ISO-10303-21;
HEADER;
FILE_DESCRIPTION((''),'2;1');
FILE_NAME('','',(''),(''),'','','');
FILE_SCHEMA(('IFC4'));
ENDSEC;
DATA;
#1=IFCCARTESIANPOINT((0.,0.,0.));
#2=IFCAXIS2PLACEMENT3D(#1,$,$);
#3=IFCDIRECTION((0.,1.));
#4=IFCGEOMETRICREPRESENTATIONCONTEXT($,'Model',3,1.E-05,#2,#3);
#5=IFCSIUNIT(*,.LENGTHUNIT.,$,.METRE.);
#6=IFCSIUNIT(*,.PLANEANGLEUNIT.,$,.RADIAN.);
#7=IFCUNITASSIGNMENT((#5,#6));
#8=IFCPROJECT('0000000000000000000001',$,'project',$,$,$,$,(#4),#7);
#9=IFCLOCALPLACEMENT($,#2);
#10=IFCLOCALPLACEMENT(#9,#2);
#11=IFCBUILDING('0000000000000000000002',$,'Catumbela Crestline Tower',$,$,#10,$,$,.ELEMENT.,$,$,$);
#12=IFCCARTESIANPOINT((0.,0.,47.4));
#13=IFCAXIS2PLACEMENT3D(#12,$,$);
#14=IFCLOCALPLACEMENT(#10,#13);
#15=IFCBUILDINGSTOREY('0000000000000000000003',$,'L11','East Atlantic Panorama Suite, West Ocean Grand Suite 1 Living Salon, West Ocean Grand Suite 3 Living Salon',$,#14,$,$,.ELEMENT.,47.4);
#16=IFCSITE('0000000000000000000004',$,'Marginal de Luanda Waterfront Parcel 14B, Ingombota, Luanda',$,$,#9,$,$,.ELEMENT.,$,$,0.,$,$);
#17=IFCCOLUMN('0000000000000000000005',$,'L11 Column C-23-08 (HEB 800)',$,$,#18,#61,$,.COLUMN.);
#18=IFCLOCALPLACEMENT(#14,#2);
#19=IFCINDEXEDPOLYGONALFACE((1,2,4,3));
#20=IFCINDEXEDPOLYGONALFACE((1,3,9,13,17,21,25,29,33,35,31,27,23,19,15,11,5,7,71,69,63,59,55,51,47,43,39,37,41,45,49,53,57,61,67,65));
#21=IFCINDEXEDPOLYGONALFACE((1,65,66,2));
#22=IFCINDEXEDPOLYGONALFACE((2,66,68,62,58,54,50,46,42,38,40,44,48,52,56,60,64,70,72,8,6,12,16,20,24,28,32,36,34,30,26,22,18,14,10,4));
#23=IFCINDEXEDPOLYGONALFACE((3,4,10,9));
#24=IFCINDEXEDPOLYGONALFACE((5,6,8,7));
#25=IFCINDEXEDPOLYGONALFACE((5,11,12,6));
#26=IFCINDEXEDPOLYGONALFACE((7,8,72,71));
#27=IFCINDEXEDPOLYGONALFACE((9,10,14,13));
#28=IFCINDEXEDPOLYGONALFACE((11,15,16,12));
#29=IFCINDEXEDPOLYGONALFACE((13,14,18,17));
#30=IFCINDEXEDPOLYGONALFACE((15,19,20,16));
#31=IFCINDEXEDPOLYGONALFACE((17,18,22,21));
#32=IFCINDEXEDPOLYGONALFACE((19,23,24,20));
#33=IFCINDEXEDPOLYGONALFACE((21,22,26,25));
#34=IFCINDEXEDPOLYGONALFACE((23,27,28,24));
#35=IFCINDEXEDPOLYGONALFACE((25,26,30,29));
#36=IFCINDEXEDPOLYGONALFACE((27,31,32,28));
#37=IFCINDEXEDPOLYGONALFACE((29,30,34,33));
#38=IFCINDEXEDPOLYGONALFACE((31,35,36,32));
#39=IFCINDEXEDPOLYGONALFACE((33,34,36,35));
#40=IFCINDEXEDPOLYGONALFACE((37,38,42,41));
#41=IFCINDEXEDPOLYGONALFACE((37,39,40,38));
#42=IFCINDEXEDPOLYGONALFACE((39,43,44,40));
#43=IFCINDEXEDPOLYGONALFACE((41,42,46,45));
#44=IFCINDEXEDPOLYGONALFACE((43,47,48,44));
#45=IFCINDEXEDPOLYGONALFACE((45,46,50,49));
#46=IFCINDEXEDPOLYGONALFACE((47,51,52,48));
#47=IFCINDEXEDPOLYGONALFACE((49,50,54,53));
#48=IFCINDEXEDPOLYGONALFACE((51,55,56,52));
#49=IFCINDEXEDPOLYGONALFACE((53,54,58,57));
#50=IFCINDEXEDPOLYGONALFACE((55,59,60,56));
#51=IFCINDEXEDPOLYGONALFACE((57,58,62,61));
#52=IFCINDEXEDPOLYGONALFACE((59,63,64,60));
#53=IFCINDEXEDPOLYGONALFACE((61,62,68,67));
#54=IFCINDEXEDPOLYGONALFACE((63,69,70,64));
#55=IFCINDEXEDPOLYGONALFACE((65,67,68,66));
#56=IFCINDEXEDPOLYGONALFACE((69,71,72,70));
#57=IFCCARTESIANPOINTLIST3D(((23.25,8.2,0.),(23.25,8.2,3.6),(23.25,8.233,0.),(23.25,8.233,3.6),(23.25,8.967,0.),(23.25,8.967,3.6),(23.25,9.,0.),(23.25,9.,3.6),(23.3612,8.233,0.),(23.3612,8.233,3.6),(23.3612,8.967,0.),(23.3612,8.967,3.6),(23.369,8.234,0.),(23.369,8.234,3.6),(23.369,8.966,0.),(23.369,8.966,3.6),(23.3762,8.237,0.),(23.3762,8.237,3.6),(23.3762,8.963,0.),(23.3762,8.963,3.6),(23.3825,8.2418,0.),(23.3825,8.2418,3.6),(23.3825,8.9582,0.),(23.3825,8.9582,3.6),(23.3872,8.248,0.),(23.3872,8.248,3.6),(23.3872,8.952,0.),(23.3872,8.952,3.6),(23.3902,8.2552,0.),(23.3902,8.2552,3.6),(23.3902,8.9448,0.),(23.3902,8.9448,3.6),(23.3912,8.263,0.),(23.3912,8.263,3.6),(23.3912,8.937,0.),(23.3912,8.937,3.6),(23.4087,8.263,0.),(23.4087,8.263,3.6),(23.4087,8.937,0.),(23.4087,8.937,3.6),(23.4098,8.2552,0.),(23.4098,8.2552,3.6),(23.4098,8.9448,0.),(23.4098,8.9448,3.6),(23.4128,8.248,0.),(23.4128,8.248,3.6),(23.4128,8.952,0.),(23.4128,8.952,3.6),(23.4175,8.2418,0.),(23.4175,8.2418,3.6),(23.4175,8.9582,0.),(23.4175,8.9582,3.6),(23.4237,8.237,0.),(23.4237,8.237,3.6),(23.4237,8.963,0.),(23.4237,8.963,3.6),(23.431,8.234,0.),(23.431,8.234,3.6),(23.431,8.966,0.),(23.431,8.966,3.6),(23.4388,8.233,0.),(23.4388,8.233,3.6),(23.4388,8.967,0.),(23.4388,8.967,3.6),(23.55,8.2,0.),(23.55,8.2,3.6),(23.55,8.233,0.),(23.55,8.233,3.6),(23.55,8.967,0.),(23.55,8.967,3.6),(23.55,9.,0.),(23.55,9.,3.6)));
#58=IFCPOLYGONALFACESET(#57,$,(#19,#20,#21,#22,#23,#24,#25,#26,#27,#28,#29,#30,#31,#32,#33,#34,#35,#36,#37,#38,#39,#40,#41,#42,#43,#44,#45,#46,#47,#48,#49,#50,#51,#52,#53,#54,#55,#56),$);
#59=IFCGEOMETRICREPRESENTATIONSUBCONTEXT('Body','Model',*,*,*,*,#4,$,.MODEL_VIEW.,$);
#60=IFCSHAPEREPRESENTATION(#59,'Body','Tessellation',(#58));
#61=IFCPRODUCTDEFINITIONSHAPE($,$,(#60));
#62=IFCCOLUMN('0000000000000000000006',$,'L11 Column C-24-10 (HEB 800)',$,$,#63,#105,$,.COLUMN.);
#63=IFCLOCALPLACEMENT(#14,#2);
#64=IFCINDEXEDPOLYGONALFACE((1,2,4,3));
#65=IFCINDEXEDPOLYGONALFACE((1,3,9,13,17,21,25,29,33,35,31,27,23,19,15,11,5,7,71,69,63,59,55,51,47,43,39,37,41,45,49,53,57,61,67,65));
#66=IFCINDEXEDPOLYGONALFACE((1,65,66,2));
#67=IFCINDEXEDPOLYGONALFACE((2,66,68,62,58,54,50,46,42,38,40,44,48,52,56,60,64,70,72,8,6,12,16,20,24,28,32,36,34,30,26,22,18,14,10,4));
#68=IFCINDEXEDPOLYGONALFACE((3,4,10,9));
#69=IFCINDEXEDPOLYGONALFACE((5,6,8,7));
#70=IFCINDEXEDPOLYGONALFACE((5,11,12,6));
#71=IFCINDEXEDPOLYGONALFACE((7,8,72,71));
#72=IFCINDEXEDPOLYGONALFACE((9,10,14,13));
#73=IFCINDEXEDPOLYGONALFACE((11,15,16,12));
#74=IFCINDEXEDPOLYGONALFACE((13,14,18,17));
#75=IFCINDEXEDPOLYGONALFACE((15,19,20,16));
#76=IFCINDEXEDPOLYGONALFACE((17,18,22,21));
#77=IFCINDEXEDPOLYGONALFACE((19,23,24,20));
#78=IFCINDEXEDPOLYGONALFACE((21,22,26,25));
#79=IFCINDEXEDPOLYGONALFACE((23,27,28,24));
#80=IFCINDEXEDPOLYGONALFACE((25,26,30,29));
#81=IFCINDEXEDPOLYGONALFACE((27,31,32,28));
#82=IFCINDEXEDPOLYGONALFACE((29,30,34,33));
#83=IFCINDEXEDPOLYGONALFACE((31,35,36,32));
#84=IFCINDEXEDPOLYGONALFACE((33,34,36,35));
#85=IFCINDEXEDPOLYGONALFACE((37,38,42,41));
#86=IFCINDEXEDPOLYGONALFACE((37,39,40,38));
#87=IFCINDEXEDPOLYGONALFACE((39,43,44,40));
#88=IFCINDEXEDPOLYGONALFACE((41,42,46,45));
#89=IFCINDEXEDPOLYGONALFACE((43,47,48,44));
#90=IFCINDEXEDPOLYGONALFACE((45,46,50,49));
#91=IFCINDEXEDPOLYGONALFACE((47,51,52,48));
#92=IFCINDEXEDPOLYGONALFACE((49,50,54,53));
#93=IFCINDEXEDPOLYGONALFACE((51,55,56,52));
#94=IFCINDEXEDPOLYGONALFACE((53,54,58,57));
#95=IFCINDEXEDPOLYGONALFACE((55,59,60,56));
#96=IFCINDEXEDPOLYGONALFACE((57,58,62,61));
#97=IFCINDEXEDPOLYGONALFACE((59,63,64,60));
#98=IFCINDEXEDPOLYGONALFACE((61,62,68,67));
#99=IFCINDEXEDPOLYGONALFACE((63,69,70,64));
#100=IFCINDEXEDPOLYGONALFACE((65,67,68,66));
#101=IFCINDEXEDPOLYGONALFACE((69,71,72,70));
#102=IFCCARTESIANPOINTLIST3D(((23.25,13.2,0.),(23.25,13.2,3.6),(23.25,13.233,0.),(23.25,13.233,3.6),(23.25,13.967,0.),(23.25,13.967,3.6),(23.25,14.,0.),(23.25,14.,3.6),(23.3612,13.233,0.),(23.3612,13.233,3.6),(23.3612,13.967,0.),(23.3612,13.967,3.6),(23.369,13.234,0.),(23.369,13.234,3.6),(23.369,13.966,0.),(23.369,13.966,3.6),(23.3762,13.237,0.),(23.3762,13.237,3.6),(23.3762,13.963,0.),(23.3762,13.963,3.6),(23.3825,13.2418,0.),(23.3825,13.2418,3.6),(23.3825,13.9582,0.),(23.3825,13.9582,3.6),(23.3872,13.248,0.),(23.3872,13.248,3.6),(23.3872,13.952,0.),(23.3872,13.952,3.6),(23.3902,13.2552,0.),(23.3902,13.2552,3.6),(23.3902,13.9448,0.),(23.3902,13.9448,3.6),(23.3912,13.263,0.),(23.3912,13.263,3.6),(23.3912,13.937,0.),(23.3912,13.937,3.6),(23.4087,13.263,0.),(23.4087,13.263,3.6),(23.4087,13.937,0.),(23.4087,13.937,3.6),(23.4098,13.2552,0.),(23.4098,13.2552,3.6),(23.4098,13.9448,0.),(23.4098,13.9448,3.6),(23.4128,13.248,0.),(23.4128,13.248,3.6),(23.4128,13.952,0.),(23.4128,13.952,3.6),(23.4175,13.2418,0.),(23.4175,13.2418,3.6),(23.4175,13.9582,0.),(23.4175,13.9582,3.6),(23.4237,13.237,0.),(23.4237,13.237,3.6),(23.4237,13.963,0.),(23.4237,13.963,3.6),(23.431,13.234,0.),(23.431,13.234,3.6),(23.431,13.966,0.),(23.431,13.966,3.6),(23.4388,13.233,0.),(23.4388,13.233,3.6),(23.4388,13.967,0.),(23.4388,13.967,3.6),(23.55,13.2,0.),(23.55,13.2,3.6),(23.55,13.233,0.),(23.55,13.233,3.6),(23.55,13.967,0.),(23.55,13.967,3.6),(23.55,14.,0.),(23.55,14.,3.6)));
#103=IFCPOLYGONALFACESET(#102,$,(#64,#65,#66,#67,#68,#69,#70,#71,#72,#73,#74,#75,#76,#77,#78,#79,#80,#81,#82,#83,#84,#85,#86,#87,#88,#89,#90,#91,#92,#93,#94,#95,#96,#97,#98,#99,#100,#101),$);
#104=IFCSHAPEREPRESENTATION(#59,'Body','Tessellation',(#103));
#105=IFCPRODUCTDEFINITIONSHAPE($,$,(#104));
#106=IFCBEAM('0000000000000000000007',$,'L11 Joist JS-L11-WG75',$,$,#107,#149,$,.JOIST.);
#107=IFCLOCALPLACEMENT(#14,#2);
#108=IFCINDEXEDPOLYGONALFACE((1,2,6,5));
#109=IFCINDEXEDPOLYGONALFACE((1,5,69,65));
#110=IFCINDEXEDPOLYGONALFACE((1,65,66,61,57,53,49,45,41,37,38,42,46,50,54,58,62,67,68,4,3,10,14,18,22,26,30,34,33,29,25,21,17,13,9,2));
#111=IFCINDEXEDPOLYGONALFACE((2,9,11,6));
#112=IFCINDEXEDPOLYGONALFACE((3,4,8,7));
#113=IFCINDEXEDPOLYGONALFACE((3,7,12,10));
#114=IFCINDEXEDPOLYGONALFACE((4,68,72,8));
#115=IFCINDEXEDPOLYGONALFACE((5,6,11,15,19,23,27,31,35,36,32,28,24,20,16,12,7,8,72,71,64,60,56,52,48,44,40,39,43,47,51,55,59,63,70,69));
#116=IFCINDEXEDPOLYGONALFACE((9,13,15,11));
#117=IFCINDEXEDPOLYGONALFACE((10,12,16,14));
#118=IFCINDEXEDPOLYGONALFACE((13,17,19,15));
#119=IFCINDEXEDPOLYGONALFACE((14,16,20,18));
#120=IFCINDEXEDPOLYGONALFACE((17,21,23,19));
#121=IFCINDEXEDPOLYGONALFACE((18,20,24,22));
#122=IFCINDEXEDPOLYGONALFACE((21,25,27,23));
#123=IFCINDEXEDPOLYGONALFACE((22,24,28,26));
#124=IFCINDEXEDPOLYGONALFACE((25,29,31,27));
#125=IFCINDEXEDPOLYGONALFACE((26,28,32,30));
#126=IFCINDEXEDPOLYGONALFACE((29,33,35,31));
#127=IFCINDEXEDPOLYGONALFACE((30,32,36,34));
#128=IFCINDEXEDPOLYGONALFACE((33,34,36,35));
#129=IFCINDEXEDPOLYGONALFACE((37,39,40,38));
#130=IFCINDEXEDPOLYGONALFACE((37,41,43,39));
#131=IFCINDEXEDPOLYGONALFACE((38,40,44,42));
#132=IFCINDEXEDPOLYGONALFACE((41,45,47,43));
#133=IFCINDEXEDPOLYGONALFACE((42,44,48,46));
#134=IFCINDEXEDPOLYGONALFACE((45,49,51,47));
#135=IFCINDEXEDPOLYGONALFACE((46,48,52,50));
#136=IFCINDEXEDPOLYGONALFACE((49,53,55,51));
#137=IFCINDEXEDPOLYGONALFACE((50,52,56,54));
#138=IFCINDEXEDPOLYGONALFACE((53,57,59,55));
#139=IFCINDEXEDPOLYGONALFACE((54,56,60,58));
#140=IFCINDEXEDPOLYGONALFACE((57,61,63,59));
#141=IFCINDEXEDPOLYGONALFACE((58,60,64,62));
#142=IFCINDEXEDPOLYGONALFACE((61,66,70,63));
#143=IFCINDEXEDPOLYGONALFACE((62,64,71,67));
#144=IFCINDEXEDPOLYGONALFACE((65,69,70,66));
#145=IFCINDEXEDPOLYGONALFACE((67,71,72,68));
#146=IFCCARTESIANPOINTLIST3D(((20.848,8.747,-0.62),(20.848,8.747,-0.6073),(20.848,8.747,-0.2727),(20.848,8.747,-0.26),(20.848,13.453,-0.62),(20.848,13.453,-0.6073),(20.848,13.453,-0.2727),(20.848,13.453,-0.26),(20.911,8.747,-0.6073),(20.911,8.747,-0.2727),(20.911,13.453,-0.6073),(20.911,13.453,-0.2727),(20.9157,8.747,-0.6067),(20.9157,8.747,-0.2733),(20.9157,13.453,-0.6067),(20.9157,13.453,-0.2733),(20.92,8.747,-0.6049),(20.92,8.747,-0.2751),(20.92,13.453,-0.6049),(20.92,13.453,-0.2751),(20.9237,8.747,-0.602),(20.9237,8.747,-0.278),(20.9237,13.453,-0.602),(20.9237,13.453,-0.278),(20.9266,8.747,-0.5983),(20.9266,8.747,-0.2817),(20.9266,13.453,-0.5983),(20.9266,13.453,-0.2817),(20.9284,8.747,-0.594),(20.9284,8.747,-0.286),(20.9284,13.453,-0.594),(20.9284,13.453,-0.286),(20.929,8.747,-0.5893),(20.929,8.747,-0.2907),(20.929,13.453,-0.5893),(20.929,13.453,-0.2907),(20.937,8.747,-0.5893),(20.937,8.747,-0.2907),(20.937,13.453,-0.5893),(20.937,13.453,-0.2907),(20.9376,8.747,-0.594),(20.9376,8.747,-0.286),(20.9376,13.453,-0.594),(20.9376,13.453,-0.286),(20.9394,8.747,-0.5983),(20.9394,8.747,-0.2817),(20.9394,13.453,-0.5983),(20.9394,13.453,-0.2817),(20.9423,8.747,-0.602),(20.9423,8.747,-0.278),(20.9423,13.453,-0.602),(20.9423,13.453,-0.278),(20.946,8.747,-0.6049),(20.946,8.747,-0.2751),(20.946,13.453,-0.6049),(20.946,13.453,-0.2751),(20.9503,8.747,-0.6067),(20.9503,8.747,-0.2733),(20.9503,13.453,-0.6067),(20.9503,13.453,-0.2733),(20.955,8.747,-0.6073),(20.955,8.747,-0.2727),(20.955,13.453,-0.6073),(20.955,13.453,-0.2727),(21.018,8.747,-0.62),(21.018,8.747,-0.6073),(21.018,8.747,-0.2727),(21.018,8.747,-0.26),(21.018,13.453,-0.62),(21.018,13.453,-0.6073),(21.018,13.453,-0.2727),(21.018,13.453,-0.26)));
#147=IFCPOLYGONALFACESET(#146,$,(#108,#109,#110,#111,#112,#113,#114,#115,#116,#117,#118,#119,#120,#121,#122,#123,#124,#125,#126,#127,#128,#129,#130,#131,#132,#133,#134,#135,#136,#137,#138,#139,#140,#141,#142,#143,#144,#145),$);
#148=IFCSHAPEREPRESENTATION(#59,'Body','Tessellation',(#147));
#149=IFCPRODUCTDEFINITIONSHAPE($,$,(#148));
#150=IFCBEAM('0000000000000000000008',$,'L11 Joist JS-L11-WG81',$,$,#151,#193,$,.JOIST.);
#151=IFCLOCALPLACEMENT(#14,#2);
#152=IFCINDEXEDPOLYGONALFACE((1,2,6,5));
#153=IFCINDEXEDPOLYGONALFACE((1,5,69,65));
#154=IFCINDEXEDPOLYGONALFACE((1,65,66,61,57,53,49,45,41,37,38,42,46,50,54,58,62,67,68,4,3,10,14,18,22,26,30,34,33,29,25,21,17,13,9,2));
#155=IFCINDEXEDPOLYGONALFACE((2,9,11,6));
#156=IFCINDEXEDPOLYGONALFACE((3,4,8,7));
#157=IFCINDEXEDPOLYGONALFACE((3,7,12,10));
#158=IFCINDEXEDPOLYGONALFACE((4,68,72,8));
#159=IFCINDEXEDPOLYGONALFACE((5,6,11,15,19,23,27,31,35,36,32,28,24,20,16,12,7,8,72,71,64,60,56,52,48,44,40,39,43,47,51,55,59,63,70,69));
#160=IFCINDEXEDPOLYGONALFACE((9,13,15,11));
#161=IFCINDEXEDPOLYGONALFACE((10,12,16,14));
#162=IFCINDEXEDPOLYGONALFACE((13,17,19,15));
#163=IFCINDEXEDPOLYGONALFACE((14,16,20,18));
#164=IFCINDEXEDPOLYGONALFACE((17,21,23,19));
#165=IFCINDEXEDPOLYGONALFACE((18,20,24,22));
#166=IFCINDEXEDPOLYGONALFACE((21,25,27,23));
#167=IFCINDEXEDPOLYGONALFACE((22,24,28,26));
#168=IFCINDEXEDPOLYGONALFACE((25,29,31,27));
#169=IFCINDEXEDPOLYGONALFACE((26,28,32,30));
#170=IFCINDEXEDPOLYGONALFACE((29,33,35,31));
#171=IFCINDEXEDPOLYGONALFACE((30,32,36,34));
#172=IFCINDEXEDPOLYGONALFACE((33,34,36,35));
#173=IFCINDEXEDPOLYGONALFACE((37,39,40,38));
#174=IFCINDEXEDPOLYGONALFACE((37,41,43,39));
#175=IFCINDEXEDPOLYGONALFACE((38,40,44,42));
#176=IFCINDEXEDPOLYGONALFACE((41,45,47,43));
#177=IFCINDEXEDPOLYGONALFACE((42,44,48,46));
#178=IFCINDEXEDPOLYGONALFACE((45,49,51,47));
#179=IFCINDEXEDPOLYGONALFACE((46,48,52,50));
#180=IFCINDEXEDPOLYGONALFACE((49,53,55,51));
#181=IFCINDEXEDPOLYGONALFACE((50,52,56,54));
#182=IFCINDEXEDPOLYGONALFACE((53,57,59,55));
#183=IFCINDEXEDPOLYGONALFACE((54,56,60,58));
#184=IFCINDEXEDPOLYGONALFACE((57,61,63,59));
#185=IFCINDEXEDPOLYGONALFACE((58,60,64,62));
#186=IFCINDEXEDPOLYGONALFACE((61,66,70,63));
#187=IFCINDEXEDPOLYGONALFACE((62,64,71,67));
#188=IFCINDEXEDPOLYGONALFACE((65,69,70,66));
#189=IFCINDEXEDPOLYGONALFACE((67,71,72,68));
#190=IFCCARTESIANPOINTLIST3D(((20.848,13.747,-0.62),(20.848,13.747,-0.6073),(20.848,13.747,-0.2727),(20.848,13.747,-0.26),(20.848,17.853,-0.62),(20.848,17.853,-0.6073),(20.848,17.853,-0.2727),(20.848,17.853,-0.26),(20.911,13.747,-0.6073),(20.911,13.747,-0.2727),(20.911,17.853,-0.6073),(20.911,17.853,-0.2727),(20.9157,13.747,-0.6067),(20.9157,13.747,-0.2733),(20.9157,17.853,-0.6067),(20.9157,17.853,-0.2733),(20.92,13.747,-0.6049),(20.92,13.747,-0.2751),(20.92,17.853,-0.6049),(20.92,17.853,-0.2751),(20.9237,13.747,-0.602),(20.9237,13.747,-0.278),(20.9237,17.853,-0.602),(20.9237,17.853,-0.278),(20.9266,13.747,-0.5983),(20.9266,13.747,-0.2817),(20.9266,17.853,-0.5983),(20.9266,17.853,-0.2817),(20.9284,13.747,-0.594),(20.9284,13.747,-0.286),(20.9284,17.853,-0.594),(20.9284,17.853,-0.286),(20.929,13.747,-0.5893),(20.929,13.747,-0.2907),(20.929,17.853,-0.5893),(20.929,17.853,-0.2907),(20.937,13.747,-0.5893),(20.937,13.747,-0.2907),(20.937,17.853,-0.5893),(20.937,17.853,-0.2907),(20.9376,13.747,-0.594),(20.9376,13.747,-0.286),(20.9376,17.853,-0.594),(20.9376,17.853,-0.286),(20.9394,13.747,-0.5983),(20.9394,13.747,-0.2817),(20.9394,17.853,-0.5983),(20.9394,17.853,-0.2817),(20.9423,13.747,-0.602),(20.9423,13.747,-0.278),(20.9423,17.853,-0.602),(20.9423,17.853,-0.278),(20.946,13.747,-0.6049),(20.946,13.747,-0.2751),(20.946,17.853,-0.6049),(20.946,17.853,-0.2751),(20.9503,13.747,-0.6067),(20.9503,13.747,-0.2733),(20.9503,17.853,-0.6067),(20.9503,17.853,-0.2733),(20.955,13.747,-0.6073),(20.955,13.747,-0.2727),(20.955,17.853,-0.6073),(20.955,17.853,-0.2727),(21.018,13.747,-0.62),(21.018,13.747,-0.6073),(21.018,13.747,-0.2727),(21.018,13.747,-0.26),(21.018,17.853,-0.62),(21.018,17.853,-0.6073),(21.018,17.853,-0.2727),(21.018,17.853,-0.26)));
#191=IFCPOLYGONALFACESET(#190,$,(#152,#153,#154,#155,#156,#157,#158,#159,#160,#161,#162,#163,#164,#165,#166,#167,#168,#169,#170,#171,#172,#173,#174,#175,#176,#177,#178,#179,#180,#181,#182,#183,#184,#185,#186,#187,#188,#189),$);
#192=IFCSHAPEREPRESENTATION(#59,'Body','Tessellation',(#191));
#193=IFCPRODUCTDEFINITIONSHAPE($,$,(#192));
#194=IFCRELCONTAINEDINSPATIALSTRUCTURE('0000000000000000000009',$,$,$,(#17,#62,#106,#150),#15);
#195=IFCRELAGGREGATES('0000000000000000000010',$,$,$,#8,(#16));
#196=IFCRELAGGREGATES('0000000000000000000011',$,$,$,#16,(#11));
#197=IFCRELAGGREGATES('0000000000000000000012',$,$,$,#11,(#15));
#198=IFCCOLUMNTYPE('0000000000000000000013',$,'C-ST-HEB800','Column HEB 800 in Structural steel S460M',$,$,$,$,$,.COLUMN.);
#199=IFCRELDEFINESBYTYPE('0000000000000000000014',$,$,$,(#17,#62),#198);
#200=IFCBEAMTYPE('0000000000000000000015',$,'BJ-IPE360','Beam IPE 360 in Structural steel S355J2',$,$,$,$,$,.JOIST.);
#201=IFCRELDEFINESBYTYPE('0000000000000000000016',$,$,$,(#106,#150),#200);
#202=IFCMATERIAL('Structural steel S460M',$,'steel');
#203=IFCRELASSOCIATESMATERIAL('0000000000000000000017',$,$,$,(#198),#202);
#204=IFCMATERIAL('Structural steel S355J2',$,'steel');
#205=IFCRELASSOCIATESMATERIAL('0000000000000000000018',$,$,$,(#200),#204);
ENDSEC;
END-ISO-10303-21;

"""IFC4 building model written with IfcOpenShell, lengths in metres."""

from ifc_helpers import new_model, si_unit, direction, frame, origin, origin_2d, place, context, subcontext, project, spatial, i_section, extrude, material, material_profile, profile_set, type_object, element, save


model = new_model("IFC4")

# Units and contexts
model_context = context("Model", 3, precision=1e-05, world=origin(), true_north=direction((0.0, 1.0)))
body_context = subcontext(model_context, "Body", "Model", "MODEL_VIEW")
ifc_project = project(units=[si_unit("LENGTHUNIT", "METRE"), si_unit("PLANEANGLEUNIT", "RADIAN")], contexts=[model_context])

# Site, building, storey
site_placement = place(None, origin())
site = spatial("IfcSite", under=ifc_project, at=site_placement, Name="Marginal de Luanda Waterfront Parcel 14B, Ingombota, Luanda", CompositionType="ELEMENT", RefElevation=0.0)
building_placement = place(site_placement, origin())
building = spatial("IfcBuilding", under=site, at=building_placement, Name="Catumbela Crestline Tower", CompositionType="ELEMENT")
storey_placement = place(building_placement, frame((0.0, 0.0, 47.4)))
storey = spatial("IfcBuildingStorey", under=building, at=storey_placement, Name="L11", Description="East Atlantic Panorama Suite, West Ocean Grand Suite 1 Living Salon, West Ocean Grand Suite 3 Living Salon", CompositionType="ELEMENT", Elevation=47.4)

# Columns
ifc_material_1 = material(Name="Structural steel S460M", Category="steel")
ifc_material_profile_1 = material_profile(ifc_material_1, i_section(OverallWidth=0.3, OverallDepth=0.8, WebThickness=0.0175, FlangeThickness=0.033, FilletRadius=0.03, at=origin_2d()), Name="HEB 800")
ifc_profile_set_1 = profile_set([ifc_material_profile_1], Name="Structural steel S460M")
column_type = type_object("IfcColumnType", Name="C-ST-HEB800", Description="Column HEB 800 in Structural steel S460M", PredefinedType="COLUMN", material=ifc_profile_set_1)
for number, where, z_axis, x_axis, name in (
    (1, (23.4, 8.6, 0.0), (0.0, 0.0, 1.0), (1.0, 0.0, 0.0), "L11 Column C-23-08 (HEB 800)"),
    (2, (23.4, 13.6, 0.0), (0.0, 0.0, 1.0), (1.0, 0.0, 0.0), "L11 Column C-24-10 (HEB 800)"),
):
    element("IfcColumn", number, at=place(storey_placement, frame(where, z_axis=z_axis, x_axis=x_axis)), inside=storey, type_object=column_type, Name=name, PredefinedType="COLUMN", context=body_context, shape_type="SweptSolid", body=[
        extrude(i_section(OverallWidth=0.3, OverallDepth=0.8, WebThickness=0.0175, FlangeThickness=0.033, FilletRadius=0.03, at=origin_2d()), origin(), (0.0, 0.0, 1.0), 3.6),
    ])

# Beams
ifc_material_2 = material(Name="Structural steel S355J2", Category="steel")
ifc_material_profile_2 = material_profile(ifc_material_2, i_section(OverallWidth=0.17, OverallDepth=0.36, WebThickness=0.008, FlangeThickness=0.0127, FilletRadius=0.018, at=origin_2d()), Name="IPE 360")
ifc_profile_set_2 = profile_set([ifc_material_profile_2], Name="Structural steel S355J2")
beam_type_1 = type_object("IfcBeamType", Name="BJ-IPE360", Description="Beam IPE 360 in Structural steel S355J2", PredefinedType="JOIST", material=ifc_profile_set_2)
beam_1_placement = place(storey_placement, frame((20.933, 8.747, -0.44), z_axis=(0.0, 1.0, 0.0), x_axis=(-1.0, 0.0, 0.0)))
element("IfcBeam", 3, at=beam_1_placement, inside=storey, type_object=beam_type_1, Name="L11 Joist JS-L11-WG75", PredefinedType="JOIST", context=body_context, shape_type="SweptSolid", body=[
    extrude(i_section(OverallWidth=0.17, OverallDepth=0.36, WebThickness=0.008, FlangeThickness=0.0127, FilletRadius=0.018, at=origin_2d()), origin(), (0.0, 0.0, 1.0), 4.706),
])
beam_2_placement = place(storey_placement, frame((20.933, 13.747, -0.44), z_axis=(0.0, 1.0, 0.0), x_axis=(-1.0, 0.0, 0.0)))
element("IfcBeam", 4, at=beam_2_placement, inside=storey, type_object=beam_type_1, Name="L11 Joist JS-L11-WG81", PredefinedType="JOIST", context=body_context, shape_type="SweptSolid", body=[
    extrude(i_section(OverallWidth=0.17, OverallDepth=0.36, WebThickness=0.008, FlangeThickness=0.0127, FilletRadius=0.018, at=origin_2d()), origin(), (0.0, 0.0, 1.0), 4.106),
])

save(model, "model.ifc")
